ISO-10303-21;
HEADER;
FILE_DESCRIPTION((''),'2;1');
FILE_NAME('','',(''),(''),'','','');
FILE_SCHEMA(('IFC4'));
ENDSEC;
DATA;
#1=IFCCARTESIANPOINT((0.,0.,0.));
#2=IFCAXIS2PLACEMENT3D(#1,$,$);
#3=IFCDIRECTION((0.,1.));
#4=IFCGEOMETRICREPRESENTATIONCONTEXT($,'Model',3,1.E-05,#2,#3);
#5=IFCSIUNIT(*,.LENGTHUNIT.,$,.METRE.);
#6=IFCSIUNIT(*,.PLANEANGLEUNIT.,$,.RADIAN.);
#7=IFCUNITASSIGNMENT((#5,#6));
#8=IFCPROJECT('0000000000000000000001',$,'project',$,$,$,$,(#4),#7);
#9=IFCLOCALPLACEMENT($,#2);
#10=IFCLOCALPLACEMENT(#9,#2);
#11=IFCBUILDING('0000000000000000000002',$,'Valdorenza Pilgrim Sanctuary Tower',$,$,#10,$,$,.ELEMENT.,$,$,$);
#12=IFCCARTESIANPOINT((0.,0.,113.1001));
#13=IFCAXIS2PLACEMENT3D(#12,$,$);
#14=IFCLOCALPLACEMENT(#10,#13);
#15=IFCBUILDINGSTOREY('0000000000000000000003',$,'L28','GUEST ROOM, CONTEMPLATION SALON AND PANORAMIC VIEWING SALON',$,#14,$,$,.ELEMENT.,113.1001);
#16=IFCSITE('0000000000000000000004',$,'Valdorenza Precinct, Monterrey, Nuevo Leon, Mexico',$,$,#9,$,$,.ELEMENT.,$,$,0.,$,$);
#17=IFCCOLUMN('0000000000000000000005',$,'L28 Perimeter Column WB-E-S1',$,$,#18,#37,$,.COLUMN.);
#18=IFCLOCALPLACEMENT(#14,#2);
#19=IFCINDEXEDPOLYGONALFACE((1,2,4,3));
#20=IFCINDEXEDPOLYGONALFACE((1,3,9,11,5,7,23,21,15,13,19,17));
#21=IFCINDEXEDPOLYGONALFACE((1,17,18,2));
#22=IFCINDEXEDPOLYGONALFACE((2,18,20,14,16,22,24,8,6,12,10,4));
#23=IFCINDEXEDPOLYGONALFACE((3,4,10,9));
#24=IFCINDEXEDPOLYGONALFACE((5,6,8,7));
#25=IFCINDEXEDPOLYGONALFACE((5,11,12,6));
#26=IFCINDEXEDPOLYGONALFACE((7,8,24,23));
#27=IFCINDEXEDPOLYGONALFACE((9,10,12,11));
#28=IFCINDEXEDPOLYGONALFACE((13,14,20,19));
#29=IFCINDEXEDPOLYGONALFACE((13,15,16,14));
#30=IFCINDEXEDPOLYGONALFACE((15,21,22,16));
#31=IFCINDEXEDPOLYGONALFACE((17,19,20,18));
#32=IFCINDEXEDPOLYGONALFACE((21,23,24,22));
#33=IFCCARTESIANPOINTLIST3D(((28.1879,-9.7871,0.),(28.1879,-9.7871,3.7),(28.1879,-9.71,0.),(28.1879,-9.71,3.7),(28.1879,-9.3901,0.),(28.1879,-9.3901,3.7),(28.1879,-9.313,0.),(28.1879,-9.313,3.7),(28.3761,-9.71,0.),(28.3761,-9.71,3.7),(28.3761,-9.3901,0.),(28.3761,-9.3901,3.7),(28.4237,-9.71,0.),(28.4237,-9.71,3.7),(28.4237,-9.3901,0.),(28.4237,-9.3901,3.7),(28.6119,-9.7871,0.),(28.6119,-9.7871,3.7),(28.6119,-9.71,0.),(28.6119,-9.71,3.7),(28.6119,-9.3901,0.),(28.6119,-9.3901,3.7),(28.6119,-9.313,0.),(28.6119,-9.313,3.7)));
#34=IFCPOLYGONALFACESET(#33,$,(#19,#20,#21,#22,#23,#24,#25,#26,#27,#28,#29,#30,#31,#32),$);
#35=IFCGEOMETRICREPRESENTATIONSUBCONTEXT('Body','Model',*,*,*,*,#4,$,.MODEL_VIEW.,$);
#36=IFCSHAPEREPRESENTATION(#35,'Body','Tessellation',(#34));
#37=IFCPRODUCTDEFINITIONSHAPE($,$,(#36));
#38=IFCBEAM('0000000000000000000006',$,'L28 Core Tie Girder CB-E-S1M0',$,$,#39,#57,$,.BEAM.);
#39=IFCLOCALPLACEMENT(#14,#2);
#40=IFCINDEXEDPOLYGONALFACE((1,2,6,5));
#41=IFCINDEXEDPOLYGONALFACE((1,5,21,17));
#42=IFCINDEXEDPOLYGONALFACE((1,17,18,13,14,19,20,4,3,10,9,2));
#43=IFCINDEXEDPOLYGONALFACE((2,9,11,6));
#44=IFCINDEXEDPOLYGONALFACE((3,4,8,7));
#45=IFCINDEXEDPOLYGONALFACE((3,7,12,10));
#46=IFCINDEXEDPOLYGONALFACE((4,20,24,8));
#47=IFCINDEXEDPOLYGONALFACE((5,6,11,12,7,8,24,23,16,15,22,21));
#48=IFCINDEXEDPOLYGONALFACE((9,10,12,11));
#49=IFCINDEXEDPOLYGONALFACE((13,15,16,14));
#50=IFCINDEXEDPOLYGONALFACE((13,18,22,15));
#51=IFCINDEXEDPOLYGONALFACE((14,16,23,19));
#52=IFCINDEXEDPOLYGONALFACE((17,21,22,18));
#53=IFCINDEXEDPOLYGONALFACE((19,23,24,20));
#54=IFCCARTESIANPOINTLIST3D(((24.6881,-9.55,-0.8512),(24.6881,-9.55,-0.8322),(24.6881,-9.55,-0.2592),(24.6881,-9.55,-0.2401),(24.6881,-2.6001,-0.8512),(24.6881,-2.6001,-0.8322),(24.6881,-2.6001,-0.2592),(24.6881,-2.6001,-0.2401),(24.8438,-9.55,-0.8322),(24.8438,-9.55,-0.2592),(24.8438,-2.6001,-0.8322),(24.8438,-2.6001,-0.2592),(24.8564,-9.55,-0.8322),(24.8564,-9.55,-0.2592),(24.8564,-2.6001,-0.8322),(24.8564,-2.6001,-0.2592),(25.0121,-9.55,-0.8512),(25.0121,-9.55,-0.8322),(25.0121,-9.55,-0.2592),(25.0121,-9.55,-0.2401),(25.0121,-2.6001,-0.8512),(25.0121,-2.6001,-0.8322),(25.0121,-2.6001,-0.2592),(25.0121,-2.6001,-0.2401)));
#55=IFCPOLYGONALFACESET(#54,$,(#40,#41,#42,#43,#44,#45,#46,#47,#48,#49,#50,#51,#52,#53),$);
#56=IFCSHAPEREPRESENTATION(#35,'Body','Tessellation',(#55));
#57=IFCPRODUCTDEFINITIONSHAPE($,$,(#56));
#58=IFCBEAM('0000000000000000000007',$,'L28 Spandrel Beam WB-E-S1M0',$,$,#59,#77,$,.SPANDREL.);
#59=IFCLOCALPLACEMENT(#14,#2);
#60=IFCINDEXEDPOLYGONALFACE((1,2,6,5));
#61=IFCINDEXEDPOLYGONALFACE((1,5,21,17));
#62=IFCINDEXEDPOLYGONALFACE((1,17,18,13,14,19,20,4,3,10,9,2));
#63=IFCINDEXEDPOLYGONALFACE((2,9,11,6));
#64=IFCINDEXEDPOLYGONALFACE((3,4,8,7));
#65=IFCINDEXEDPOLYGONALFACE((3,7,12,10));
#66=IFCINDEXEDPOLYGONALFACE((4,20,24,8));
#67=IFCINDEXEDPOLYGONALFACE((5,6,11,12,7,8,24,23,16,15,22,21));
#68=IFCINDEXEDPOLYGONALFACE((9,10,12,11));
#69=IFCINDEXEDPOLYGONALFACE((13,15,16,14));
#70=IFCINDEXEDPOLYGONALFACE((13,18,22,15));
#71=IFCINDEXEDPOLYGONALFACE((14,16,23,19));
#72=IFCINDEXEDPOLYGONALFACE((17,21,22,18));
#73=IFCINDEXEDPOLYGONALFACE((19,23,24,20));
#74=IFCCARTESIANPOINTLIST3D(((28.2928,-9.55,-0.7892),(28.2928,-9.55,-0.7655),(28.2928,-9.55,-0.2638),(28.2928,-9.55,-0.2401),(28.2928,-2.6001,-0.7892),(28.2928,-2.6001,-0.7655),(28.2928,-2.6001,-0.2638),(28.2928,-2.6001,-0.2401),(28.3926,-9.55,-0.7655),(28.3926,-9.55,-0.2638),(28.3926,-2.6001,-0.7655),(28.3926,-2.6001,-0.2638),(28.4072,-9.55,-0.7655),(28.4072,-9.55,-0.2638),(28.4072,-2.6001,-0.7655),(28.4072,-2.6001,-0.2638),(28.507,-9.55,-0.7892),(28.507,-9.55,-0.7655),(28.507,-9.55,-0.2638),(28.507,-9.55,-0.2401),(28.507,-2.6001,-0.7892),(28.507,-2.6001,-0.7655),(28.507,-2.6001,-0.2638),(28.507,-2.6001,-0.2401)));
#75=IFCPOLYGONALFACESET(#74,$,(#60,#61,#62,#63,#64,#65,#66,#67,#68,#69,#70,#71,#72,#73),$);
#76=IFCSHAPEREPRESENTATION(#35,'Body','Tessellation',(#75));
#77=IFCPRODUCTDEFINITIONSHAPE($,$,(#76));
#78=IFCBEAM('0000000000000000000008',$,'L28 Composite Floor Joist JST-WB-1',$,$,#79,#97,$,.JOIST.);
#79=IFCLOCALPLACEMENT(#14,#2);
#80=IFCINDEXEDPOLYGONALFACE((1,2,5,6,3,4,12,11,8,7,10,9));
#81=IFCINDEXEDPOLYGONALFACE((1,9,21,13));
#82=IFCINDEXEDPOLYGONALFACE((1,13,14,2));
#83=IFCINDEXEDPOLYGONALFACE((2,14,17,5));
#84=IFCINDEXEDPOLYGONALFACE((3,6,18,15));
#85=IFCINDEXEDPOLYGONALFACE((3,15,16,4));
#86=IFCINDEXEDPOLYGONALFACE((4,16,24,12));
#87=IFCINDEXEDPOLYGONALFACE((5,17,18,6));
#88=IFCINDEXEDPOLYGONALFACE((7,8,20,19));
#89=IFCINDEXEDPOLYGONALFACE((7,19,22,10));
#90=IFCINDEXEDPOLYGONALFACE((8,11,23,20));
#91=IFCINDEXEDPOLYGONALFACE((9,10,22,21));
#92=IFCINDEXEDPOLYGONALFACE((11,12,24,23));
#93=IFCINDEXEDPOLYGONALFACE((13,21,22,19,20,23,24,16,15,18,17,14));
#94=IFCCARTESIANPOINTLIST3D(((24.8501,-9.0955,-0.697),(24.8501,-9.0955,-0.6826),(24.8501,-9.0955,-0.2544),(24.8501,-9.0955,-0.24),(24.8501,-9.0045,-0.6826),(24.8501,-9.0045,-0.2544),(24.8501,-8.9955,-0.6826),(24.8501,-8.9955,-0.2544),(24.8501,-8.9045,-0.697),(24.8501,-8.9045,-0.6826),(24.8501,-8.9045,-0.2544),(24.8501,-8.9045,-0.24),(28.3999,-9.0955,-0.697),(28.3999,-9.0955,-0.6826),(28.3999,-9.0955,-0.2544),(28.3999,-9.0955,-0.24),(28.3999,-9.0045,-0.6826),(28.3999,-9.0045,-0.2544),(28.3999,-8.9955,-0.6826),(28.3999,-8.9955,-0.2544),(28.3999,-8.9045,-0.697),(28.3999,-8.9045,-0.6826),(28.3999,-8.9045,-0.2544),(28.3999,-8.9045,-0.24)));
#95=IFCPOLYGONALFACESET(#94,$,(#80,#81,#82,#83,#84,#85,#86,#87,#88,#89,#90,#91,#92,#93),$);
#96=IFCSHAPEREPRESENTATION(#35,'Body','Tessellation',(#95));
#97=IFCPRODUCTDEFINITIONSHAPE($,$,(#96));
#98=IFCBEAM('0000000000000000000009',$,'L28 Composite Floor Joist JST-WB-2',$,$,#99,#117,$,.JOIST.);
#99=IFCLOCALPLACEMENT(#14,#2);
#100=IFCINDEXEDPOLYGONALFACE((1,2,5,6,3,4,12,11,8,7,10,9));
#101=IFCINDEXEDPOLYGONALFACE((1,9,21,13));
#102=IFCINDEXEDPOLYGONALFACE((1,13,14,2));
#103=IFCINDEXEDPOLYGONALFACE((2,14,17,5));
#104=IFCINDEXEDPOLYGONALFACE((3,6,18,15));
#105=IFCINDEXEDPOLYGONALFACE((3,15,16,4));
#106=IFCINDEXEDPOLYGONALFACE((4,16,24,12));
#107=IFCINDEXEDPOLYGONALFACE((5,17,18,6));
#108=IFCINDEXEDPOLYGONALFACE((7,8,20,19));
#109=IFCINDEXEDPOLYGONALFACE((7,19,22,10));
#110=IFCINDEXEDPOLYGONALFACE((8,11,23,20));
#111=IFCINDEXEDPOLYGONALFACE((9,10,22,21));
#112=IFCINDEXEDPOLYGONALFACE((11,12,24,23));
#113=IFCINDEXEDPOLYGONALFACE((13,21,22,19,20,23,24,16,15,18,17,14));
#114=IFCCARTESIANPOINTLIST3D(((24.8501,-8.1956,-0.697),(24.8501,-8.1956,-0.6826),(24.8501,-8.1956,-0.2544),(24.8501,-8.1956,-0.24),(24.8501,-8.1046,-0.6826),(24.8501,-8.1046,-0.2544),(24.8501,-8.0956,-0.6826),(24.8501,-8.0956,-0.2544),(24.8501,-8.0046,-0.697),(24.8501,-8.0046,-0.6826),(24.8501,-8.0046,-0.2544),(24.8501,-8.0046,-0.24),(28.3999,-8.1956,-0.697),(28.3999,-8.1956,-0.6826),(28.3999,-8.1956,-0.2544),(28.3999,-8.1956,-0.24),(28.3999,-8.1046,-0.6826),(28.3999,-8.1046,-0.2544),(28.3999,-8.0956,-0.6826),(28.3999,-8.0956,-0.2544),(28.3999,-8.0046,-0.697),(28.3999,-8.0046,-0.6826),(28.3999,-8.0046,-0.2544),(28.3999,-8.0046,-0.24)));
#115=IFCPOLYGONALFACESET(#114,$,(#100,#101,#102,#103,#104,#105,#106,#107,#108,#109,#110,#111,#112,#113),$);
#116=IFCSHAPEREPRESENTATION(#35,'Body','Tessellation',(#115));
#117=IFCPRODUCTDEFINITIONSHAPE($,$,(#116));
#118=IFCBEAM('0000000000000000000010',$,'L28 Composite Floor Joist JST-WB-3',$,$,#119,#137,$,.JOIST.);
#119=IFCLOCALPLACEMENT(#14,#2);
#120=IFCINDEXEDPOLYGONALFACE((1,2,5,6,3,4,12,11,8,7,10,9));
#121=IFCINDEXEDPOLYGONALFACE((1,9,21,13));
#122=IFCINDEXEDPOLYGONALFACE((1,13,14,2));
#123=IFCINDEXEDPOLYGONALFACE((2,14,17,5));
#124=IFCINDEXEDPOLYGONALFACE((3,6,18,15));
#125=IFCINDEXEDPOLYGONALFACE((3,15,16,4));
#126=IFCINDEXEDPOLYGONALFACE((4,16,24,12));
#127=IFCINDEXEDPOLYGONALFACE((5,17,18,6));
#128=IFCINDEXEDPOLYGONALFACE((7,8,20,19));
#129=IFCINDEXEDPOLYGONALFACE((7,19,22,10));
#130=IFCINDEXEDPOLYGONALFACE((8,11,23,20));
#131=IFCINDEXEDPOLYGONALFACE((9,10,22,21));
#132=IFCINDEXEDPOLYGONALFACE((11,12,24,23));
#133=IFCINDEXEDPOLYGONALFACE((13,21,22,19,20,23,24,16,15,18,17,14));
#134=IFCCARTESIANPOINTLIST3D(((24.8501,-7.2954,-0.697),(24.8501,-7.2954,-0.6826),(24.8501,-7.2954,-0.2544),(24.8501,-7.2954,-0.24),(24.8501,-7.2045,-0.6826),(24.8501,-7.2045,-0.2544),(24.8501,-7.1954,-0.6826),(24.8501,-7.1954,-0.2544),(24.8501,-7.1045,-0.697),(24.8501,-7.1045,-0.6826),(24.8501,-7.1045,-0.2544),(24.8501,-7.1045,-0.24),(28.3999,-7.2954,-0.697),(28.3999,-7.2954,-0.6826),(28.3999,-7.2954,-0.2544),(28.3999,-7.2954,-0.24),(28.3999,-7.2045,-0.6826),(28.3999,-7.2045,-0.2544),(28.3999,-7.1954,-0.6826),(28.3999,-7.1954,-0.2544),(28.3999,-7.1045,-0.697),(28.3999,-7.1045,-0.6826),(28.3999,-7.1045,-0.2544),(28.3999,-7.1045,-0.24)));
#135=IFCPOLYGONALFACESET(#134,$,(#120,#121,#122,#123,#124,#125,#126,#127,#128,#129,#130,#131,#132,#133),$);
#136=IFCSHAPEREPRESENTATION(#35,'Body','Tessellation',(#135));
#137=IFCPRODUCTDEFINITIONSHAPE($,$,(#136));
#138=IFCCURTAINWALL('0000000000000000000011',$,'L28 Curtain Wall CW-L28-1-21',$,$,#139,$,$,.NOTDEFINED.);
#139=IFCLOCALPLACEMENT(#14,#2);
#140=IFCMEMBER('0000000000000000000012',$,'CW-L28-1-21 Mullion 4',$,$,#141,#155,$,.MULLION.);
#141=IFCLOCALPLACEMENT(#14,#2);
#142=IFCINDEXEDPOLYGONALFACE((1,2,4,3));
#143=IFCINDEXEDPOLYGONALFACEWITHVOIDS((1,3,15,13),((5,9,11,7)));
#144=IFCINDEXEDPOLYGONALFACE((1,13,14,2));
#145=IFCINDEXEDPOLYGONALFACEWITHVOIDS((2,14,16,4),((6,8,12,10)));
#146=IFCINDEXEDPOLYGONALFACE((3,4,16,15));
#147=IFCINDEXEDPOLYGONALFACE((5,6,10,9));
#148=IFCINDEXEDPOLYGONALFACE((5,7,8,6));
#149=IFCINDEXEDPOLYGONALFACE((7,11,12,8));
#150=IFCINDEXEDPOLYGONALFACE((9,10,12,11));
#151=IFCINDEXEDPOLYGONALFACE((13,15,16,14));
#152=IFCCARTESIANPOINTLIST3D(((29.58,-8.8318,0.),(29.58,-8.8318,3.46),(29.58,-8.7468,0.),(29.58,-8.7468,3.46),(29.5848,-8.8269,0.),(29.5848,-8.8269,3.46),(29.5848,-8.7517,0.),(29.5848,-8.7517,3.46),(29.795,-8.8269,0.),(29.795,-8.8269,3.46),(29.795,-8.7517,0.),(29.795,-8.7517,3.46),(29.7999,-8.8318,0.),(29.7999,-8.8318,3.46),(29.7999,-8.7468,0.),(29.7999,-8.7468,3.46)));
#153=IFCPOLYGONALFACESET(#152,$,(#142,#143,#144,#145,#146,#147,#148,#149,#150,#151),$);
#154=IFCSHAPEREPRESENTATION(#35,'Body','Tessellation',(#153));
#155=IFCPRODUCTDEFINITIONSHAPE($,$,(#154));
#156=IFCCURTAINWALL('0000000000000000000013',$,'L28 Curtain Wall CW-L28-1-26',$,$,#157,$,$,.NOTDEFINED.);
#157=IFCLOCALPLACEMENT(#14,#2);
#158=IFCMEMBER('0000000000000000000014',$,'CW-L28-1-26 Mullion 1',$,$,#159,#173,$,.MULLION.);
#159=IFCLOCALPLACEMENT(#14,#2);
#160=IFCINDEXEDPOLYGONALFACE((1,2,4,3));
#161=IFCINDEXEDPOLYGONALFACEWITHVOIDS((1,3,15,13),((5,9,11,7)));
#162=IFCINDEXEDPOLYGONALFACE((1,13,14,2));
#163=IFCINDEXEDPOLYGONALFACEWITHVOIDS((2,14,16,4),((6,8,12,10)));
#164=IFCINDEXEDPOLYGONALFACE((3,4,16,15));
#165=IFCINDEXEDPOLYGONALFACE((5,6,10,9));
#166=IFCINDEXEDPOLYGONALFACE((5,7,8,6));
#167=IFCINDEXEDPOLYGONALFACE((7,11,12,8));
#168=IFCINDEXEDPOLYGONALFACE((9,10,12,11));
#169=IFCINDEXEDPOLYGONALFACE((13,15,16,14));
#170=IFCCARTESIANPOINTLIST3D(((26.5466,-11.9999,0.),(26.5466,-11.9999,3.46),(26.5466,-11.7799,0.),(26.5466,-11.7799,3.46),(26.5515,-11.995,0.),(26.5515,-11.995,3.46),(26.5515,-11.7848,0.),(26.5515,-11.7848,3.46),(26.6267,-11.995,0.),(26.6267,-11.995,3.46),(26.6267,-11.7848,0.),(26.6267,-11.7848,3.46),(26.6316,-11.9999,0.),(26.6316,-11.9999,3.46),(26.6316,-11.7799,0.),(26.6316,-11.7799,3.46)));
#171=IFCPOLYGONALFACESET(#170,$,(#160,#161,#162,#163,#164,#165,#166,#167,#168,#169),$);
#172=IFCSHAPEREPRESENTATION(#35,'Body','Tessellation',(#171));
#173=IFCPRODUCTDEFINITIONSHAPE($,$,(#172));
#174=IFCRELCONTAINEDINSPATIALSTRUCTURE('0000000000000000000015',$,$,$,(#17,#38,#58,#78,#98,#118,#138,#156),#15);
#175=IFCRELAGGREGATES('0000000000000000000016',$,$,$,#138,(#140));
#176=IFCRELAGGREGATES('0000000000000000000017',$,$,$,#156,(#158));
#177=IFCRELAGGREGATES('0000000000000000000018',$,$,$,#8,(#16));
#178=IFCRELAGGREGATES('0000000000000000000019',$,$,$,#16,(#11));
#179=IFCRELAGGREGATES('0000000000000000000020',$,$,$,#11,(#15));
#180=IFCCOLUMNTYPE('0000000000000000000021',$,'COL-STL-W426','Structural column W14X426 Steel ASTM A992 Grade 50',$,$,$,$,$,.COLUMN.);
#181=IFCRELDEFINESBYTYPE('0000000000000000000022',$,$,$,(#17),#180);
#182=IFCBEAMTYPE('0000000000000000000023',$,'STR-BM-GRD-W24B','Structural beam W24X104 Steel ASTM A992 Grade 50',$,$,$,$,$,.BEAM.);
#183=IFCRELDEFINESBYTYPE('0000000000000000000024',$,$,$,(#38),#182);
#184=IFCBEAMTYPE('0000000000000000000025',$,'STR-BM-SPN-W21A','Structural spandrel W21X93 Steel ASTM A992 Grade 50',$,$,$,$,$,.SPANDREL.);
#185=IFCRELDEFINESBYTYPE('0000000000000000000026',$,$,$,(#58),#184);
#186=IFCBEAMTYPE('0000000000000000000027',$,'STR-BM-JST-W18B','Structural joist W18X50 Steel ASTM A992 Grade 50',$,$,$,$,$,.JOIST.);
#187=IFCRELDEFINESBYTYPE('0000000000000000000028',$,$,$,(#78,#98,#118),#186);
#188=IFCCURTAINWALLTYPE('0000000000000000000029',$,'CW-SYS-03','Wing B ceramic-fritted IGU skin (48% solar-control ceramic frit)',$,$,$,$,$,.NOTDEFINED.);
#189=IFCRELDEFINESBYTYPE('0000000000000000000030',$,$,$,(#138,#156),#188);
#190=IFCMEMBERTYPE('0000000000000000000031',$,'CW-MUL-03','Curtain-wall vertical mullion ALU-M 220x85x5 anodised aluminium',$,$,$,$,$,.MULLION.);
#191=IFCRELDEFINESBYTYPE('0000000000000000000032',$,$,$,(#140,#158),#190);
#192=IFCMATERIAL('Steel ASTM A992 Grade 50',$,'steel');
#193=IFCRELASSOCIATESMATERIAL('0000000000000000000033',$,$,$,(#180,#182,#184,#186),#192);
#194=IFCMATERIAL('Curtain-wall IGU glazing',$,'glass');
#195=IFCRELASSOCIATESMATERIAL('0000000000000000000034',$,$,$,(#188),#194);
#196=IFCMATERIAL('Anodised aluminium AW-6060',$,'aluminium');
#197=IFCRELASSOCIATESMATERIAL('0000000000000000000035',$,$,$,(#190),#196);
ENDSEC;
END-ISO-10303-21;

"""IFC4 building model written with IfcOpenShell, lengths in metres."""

from ifc_helpers import new_model, si_unit, direction, frame, origin, origin_2d, place, context, subcontext, project, spatial, hollow_rectangle, i_section, extrude, source, transform, mapped, material, material_profile, profile_set, type_object, element, aggregate, save


model = new_model("IFC4")

# Units and contexts
model_context = context("Model", 3, precision=1e-05, world=origin(), true_north=direction((0.0, 1.0)))
body_context = subcontext(model_context, "Body", "Model", "MODEL_VIEW")
ifc_project = project(units=[si_unit("LENGTHUNIT", "METRE"), si_unit("PLANEANGLEUNIT", "RADIAN")], contexts=[model_context])

# Site, building, storey
site_placement = place(None, origin())
site = spatial("IfcSite", under=ifc_project, at=site_placement, Name="Valdorenza Precinct, Monterrey, Nuevo Leon, Mexico", CompositionType="ELEMENT", RefElevation=0.0)
building_placement = place(site_placement, origin())
building = spatial("IfcBuilding", under=site, at=building_placement, Name="Valdorenza Pilgrim Sanctuary Tower", CompositionType="ELEMENT")
storey_placement = place(building_placement, frame((0.0, 0.0, 113.1001)))
storey = spatial("IfcBuildingStorey", under=building, at=storey_placement, Name="L28", Description="GUEST ROOM, CONTEMPLATION SALON AND PANORAMIC VIEWING SALON", CompositionType="ELEMENT", Elevation=113.1001)

# Column
ifc_material_1 = material(Name="Steel ASTM A992 Grade 50", Category="steel")
ifc_material_profile_1 = material_profile(ifc_material_1, i_section(OverallWidth=0.4241, OverallDepth=0.4741, WebThickness=0.0476, FlangeThickness=0.0771, at=origin_2d()), Name="W14X426")
ifc_profile_set_1 = profile_set([ifc_material_profile_1], Name="Steel ASTM A992 Grade 50")
column_type = type_object("IfcColumnType", Name="COL-STL-W426", Description="Structural column W14X426 Steel ASTM A992 Grade 50", PredefinedType="COLUMN", material=ifc_profile_set_1)
shared_shape_1 = source(origin(), body_context, "Body", "SweptSolid", [
    extrude(i_section(OverallWidth=0.4241, OverallDepth=0.4741, WebThickness=0.0476, FlangeThickness=0.0771, at=origin_2d()), origin(), (0.0, 0.0, 1.0), 3.7),
])
column_placement = place(storey_placement, frame((28.3999, -9.55, 0.0), z_axis=(0.0, 0.0, 1.0), x_axis=(1.0, 0.0, 0.0)))
element("IfcColumn", 1, at=column_placement, inside=storey, type_object=column_type, Name="L28 Perimeter Column WB-E-S1", PredefinedType="COLUMN", context=body_context, shape_type="MappedRepresentation", body=[
    mapped(shared_shape_1, transform((0.0, 0.0, 0.0), x_axis=(1.0, 0.0, 0.0), y_axis=(0.0, 1.0, 0.0), z_axis=(0.0, 0.0, 1.0), scale=1.0)),
])

# Beams
ifc_material_profile_2 = material_profile(ifc_material_1, i_section(OverallWidth=0.324, OverallDepth=0.6111, WebThickness=0.0127, FlangeThickness=0.019, at=origin_2d()), Name="W24X104")
ifc_profile_set_2 = profile_set([ifc_material_profile_2], Name="Steel ASTM A992 Grade 50")
beam_type_1 = type_object("IfcBeamType", Name="STR-BM-GRD-W24B", Description="Structural beam W24X104 Steel ASTM A992 Grade 50", PredefinedType="BEAM", material=ifc_profile_set_2)
shared_shape_2 = source(origin(), body_context, "Body", "SweptSolid", [
    extrude(i_section(OverallWidth=0.324, OverallDepth=0.6111, WebThickness=0.0127, FlangeThickness=0.019, at=origin_2d()), origin(), (0.0, 0.0, 1.0), 6.95),
])
beam_1_placement = place(storey_placement, frame((24.8501, -9.55, -0.5457), z_axis=(0.0, 1.0, 0.0), x_axis=(-1.0, 0.0, 0.0)))
element("IfcBeam", 2, at=beam_1_placement, inside=storey, type_object=beam_type_1, Name="L28 Core Tie Girder CB-E-S1M0", PredefinedType="BEAM", context=body_context, shape_type="MappedRepresentation", body=[
    mapped(shared_shape_2, transform((0.0, 0.0, 0.0), x_axis=(1.0, 0.0, 0.0), y_axis=(0.0, 1.0, 0.0), z_axis=(0.0, 0.0, 1.0), scale=1.0)),
])
ifc_material_profile_3 = material_profile(ifc_material_1, i_section(OverallWidth=0.2141, OverallDepth=0.5491, WebThickness=0.0146, FlangeThickness=0.0237, at=origin_2d()), Name="W21X93")
ifc_profile_set_3 = profile_set([ifc_material_profile_3], Name="Steel ASTM A992 Grade 50")
beam_type_2 = type_object("IfcBeamType", Name="STR-BM-SPN-W21A", Description="Structural spandrel W21X93 Steel ASTM A992 Grade 50", PredefinedType="SPANDREL", material=ifc_profile_set_3)
shared_shape_3 = source(origin(), body_context, "Body", "SweptSolid", [
    extrude(i_section(OverallWidth=0.2141, OverallDepth=0.5491, WebThickness=0.0146, FlangeThickness=0.0237, at=origin_2d()), origin(), (0.0, 0.0, 1.0), 6.95),
])
beam_2_placement = place(storey_placement, frame((28.3999, -9.55, -0.5146), z_axis=(0.0, 1.0, 0.0), x_axis=(-1.0, 0.0, 0.0)))
element("IfcBeam", 3, at=beam_2_placement, inside=storey, type_object=beam_type_2, Name="L28 Spandrel Beam WB-E-S1M0", PredefinedType="SPANDREL", context=body_context, shape_type="MappedRepresentation", body=[
    mapped(shared_shape_3, transform((0.0, 0.0, 0.0), x_axis=(1.0, 0.0, 0.0), y_axis=(0.0, 1.0, 0.0), z_axis=(0.0, 0.0, 1.0), scale=1.0)),
])
ifc_material_profile_4 = material_profile(ifc_material_1, i_section(OverallWidth=0.1909, OverallDepth=0.457, WebThickness=0.009, FlangeThickness=0.0144, at=origin_2d()), Name="W18X50")
ifc_profile_set_4 = profile_set([ifc_material_profile_4], Name="Steel ASTM A992 Grade 50")
beam_type_3 = type_object("IfcBeamType", Name="STR-BM-JST-W18B", Description="Structural joist W18X50 Steel ASTM A992 Grade 50", PredefinedType="JOIST", material=ifc_profile_set_4)
shared_shape_4 = source(origin(), body_context, "Body", "SweptSolid", [
    extrude(i_section(OverallWidth=0.1909, OverallDepth=0.457, WebThickness=0.009, FlangeThickness=0.0144, at=origin_2d()), origin(), (0.0, 0.0, 1.0), 3.5498),
])
for number, where, z_axis, x_axis, name in (
    (4, (24.8501, -9.0, -0.4685), (1.0, 0.0, 0.0), (0.0, 1.0, 0.0), "L28 Composite Floor Joist JST-WB-1"),
    (5, (24.8501, -8.1001, -0.4685), (1.0, 0.0, 0.0), (0.0, 1.0, 0.0), "L28 Composite Floor Joist JST-WB-2"),
    (6, (24.8501, -7.2, -0.4685), (1.0, 0.0, 0.0), (0.0, 1.0, 0.0), "L28 Composite Floor Joist JST-WB-3"),
):
    element("IfcBeam", number, at=place(storey_placement, frame(where, z_axis=z_axis, x_axis=x_axis)), inside=storey, type_object=beam_type_3, Name=name, PredefinedType="JOIST", context=body_context, shape_type="MappedRepresentation", body=[
        mapped(shared_shape_4, transform((0.0, 0.0, 0.0), x_axis=(1.0, 0.0, 0.0), y_axis=(0.0, 1.0, 0.0), z_axis=(0.0, 0.0, 1.0), scale=1.0)),
    ])

# Curtain wall, member
ifc_material_2 = material(Name="Curtain-wall IGU glazing", Category="glass")
curtain_wall_type = type_object("IfcCurtainWallType", Name="CW-SYS-03", Description="Wing B ceramic-fritted IGU skin (48% solar-control ceramic frit)", PredefinedType="NOTDEFINED", material=ifc_material_2)
curtain_wall_1_placement = place(storey_placement, origin())
curtain_wall_1 = element("IfcCurtainWall", 7, at=curtain_wall_1_placement, inside=storey, type_object=curtain_wall_type, Name="L28 Curtain Wall CW-L28-1-21", PredefinedType="NOTDEFINED")
ifc_material_3 = material(Name="Anodised aluminium AW-6060", Category="aluminium")
ifc_material_profile_5 = material_profile(ifc_material_3, hollow_rectangle(XDim=0.085, YDim=0.22, WallThickness=0.0049, at=origin_2d()), Name="ALU-M 220x85x5")
ifc_profile_set_5 = profile_set([ifc_material_profile_5], Name="Anodised aluminium AW-6060")
member_type_1 = type_object("IfcMemberType", Name="CW-MUL-03", Description="Curtain-wall vertical mullion ALU-M 220x85x5 anodised aluminium", PredefinedType="MULLION", material=ifc_profile_set_5)
shared_shape_5 = source(origin(), body_context, "Body", "SweptSolid", [
    extrude(hollow_rectangle(XDim=0.085, YDim=0.22, WallThickness=0.0049, at=origin_2d()), origin(), (0.0, 0.0, 1.0), 3.46),
])
member_1_placement = place(storey_placement, frame((29.6899, -8.7893, 0.0), z_axis=(0.0, 0.0, 1.0), x_axis=(0.0, -1.0, 0.0)))
member_1 = element("IfcMember", 8, at=member_1_placement, type_object=member_type_1, Name="CW-L28-1-21 Mullion 4", PredefinedType="MULLION", context=body_context, shape_type="MappedRepresentation", body=[
    mapped(shared_shape_5, transform((0.0, 0.0, 0.0), x_axis=(1.0, 0.0, 0.0), y_axis=(0.0, 1.0, 0.0), z_axis=(0.0, 0.0, 1.0), scale=1.0)),
])
aggregate(curtain_wall_1, [member_1])

# Curtain wall, member
curtain_wall_2_placement = place(storey_placement, origin())
curtain_wall_2 = element("IfcCurtainWall", 9, at=curtain_wall_2_placement, inside=storey, type_object=curtain_wall_type, Name="L28 Curtain Wall CW-L28-1-26", PredefinedType="NOTDEFINED")
member_2_placement = place(storey_placement, frame((26.5891, -11.8899, 0.0), z_axis=(0.0, 0.0, 1.0), x_axis=(-1.0, 0.0, 0.0)))
member_2 = element("IfcMember", 10, at=member_2_placement, type_object=member_type_1, Name="CW-L28-1-26 Mullion 1", PredefinedType="MULLION", context=body_context, shape_type="MappedRepresentation", body=[
    mapped(shared_shape_5, transform((0.0, 0.0, 0.0), x_axis=(1.0, 0.0, 0.0), y_axis=(0.0, 1.0, 0.0), z_axis=(0.0, 0.0, 1.0), scale=1.0)),
])
aggregate(curtain_wall_2, [member_2])

save(model, "model.ifc")
